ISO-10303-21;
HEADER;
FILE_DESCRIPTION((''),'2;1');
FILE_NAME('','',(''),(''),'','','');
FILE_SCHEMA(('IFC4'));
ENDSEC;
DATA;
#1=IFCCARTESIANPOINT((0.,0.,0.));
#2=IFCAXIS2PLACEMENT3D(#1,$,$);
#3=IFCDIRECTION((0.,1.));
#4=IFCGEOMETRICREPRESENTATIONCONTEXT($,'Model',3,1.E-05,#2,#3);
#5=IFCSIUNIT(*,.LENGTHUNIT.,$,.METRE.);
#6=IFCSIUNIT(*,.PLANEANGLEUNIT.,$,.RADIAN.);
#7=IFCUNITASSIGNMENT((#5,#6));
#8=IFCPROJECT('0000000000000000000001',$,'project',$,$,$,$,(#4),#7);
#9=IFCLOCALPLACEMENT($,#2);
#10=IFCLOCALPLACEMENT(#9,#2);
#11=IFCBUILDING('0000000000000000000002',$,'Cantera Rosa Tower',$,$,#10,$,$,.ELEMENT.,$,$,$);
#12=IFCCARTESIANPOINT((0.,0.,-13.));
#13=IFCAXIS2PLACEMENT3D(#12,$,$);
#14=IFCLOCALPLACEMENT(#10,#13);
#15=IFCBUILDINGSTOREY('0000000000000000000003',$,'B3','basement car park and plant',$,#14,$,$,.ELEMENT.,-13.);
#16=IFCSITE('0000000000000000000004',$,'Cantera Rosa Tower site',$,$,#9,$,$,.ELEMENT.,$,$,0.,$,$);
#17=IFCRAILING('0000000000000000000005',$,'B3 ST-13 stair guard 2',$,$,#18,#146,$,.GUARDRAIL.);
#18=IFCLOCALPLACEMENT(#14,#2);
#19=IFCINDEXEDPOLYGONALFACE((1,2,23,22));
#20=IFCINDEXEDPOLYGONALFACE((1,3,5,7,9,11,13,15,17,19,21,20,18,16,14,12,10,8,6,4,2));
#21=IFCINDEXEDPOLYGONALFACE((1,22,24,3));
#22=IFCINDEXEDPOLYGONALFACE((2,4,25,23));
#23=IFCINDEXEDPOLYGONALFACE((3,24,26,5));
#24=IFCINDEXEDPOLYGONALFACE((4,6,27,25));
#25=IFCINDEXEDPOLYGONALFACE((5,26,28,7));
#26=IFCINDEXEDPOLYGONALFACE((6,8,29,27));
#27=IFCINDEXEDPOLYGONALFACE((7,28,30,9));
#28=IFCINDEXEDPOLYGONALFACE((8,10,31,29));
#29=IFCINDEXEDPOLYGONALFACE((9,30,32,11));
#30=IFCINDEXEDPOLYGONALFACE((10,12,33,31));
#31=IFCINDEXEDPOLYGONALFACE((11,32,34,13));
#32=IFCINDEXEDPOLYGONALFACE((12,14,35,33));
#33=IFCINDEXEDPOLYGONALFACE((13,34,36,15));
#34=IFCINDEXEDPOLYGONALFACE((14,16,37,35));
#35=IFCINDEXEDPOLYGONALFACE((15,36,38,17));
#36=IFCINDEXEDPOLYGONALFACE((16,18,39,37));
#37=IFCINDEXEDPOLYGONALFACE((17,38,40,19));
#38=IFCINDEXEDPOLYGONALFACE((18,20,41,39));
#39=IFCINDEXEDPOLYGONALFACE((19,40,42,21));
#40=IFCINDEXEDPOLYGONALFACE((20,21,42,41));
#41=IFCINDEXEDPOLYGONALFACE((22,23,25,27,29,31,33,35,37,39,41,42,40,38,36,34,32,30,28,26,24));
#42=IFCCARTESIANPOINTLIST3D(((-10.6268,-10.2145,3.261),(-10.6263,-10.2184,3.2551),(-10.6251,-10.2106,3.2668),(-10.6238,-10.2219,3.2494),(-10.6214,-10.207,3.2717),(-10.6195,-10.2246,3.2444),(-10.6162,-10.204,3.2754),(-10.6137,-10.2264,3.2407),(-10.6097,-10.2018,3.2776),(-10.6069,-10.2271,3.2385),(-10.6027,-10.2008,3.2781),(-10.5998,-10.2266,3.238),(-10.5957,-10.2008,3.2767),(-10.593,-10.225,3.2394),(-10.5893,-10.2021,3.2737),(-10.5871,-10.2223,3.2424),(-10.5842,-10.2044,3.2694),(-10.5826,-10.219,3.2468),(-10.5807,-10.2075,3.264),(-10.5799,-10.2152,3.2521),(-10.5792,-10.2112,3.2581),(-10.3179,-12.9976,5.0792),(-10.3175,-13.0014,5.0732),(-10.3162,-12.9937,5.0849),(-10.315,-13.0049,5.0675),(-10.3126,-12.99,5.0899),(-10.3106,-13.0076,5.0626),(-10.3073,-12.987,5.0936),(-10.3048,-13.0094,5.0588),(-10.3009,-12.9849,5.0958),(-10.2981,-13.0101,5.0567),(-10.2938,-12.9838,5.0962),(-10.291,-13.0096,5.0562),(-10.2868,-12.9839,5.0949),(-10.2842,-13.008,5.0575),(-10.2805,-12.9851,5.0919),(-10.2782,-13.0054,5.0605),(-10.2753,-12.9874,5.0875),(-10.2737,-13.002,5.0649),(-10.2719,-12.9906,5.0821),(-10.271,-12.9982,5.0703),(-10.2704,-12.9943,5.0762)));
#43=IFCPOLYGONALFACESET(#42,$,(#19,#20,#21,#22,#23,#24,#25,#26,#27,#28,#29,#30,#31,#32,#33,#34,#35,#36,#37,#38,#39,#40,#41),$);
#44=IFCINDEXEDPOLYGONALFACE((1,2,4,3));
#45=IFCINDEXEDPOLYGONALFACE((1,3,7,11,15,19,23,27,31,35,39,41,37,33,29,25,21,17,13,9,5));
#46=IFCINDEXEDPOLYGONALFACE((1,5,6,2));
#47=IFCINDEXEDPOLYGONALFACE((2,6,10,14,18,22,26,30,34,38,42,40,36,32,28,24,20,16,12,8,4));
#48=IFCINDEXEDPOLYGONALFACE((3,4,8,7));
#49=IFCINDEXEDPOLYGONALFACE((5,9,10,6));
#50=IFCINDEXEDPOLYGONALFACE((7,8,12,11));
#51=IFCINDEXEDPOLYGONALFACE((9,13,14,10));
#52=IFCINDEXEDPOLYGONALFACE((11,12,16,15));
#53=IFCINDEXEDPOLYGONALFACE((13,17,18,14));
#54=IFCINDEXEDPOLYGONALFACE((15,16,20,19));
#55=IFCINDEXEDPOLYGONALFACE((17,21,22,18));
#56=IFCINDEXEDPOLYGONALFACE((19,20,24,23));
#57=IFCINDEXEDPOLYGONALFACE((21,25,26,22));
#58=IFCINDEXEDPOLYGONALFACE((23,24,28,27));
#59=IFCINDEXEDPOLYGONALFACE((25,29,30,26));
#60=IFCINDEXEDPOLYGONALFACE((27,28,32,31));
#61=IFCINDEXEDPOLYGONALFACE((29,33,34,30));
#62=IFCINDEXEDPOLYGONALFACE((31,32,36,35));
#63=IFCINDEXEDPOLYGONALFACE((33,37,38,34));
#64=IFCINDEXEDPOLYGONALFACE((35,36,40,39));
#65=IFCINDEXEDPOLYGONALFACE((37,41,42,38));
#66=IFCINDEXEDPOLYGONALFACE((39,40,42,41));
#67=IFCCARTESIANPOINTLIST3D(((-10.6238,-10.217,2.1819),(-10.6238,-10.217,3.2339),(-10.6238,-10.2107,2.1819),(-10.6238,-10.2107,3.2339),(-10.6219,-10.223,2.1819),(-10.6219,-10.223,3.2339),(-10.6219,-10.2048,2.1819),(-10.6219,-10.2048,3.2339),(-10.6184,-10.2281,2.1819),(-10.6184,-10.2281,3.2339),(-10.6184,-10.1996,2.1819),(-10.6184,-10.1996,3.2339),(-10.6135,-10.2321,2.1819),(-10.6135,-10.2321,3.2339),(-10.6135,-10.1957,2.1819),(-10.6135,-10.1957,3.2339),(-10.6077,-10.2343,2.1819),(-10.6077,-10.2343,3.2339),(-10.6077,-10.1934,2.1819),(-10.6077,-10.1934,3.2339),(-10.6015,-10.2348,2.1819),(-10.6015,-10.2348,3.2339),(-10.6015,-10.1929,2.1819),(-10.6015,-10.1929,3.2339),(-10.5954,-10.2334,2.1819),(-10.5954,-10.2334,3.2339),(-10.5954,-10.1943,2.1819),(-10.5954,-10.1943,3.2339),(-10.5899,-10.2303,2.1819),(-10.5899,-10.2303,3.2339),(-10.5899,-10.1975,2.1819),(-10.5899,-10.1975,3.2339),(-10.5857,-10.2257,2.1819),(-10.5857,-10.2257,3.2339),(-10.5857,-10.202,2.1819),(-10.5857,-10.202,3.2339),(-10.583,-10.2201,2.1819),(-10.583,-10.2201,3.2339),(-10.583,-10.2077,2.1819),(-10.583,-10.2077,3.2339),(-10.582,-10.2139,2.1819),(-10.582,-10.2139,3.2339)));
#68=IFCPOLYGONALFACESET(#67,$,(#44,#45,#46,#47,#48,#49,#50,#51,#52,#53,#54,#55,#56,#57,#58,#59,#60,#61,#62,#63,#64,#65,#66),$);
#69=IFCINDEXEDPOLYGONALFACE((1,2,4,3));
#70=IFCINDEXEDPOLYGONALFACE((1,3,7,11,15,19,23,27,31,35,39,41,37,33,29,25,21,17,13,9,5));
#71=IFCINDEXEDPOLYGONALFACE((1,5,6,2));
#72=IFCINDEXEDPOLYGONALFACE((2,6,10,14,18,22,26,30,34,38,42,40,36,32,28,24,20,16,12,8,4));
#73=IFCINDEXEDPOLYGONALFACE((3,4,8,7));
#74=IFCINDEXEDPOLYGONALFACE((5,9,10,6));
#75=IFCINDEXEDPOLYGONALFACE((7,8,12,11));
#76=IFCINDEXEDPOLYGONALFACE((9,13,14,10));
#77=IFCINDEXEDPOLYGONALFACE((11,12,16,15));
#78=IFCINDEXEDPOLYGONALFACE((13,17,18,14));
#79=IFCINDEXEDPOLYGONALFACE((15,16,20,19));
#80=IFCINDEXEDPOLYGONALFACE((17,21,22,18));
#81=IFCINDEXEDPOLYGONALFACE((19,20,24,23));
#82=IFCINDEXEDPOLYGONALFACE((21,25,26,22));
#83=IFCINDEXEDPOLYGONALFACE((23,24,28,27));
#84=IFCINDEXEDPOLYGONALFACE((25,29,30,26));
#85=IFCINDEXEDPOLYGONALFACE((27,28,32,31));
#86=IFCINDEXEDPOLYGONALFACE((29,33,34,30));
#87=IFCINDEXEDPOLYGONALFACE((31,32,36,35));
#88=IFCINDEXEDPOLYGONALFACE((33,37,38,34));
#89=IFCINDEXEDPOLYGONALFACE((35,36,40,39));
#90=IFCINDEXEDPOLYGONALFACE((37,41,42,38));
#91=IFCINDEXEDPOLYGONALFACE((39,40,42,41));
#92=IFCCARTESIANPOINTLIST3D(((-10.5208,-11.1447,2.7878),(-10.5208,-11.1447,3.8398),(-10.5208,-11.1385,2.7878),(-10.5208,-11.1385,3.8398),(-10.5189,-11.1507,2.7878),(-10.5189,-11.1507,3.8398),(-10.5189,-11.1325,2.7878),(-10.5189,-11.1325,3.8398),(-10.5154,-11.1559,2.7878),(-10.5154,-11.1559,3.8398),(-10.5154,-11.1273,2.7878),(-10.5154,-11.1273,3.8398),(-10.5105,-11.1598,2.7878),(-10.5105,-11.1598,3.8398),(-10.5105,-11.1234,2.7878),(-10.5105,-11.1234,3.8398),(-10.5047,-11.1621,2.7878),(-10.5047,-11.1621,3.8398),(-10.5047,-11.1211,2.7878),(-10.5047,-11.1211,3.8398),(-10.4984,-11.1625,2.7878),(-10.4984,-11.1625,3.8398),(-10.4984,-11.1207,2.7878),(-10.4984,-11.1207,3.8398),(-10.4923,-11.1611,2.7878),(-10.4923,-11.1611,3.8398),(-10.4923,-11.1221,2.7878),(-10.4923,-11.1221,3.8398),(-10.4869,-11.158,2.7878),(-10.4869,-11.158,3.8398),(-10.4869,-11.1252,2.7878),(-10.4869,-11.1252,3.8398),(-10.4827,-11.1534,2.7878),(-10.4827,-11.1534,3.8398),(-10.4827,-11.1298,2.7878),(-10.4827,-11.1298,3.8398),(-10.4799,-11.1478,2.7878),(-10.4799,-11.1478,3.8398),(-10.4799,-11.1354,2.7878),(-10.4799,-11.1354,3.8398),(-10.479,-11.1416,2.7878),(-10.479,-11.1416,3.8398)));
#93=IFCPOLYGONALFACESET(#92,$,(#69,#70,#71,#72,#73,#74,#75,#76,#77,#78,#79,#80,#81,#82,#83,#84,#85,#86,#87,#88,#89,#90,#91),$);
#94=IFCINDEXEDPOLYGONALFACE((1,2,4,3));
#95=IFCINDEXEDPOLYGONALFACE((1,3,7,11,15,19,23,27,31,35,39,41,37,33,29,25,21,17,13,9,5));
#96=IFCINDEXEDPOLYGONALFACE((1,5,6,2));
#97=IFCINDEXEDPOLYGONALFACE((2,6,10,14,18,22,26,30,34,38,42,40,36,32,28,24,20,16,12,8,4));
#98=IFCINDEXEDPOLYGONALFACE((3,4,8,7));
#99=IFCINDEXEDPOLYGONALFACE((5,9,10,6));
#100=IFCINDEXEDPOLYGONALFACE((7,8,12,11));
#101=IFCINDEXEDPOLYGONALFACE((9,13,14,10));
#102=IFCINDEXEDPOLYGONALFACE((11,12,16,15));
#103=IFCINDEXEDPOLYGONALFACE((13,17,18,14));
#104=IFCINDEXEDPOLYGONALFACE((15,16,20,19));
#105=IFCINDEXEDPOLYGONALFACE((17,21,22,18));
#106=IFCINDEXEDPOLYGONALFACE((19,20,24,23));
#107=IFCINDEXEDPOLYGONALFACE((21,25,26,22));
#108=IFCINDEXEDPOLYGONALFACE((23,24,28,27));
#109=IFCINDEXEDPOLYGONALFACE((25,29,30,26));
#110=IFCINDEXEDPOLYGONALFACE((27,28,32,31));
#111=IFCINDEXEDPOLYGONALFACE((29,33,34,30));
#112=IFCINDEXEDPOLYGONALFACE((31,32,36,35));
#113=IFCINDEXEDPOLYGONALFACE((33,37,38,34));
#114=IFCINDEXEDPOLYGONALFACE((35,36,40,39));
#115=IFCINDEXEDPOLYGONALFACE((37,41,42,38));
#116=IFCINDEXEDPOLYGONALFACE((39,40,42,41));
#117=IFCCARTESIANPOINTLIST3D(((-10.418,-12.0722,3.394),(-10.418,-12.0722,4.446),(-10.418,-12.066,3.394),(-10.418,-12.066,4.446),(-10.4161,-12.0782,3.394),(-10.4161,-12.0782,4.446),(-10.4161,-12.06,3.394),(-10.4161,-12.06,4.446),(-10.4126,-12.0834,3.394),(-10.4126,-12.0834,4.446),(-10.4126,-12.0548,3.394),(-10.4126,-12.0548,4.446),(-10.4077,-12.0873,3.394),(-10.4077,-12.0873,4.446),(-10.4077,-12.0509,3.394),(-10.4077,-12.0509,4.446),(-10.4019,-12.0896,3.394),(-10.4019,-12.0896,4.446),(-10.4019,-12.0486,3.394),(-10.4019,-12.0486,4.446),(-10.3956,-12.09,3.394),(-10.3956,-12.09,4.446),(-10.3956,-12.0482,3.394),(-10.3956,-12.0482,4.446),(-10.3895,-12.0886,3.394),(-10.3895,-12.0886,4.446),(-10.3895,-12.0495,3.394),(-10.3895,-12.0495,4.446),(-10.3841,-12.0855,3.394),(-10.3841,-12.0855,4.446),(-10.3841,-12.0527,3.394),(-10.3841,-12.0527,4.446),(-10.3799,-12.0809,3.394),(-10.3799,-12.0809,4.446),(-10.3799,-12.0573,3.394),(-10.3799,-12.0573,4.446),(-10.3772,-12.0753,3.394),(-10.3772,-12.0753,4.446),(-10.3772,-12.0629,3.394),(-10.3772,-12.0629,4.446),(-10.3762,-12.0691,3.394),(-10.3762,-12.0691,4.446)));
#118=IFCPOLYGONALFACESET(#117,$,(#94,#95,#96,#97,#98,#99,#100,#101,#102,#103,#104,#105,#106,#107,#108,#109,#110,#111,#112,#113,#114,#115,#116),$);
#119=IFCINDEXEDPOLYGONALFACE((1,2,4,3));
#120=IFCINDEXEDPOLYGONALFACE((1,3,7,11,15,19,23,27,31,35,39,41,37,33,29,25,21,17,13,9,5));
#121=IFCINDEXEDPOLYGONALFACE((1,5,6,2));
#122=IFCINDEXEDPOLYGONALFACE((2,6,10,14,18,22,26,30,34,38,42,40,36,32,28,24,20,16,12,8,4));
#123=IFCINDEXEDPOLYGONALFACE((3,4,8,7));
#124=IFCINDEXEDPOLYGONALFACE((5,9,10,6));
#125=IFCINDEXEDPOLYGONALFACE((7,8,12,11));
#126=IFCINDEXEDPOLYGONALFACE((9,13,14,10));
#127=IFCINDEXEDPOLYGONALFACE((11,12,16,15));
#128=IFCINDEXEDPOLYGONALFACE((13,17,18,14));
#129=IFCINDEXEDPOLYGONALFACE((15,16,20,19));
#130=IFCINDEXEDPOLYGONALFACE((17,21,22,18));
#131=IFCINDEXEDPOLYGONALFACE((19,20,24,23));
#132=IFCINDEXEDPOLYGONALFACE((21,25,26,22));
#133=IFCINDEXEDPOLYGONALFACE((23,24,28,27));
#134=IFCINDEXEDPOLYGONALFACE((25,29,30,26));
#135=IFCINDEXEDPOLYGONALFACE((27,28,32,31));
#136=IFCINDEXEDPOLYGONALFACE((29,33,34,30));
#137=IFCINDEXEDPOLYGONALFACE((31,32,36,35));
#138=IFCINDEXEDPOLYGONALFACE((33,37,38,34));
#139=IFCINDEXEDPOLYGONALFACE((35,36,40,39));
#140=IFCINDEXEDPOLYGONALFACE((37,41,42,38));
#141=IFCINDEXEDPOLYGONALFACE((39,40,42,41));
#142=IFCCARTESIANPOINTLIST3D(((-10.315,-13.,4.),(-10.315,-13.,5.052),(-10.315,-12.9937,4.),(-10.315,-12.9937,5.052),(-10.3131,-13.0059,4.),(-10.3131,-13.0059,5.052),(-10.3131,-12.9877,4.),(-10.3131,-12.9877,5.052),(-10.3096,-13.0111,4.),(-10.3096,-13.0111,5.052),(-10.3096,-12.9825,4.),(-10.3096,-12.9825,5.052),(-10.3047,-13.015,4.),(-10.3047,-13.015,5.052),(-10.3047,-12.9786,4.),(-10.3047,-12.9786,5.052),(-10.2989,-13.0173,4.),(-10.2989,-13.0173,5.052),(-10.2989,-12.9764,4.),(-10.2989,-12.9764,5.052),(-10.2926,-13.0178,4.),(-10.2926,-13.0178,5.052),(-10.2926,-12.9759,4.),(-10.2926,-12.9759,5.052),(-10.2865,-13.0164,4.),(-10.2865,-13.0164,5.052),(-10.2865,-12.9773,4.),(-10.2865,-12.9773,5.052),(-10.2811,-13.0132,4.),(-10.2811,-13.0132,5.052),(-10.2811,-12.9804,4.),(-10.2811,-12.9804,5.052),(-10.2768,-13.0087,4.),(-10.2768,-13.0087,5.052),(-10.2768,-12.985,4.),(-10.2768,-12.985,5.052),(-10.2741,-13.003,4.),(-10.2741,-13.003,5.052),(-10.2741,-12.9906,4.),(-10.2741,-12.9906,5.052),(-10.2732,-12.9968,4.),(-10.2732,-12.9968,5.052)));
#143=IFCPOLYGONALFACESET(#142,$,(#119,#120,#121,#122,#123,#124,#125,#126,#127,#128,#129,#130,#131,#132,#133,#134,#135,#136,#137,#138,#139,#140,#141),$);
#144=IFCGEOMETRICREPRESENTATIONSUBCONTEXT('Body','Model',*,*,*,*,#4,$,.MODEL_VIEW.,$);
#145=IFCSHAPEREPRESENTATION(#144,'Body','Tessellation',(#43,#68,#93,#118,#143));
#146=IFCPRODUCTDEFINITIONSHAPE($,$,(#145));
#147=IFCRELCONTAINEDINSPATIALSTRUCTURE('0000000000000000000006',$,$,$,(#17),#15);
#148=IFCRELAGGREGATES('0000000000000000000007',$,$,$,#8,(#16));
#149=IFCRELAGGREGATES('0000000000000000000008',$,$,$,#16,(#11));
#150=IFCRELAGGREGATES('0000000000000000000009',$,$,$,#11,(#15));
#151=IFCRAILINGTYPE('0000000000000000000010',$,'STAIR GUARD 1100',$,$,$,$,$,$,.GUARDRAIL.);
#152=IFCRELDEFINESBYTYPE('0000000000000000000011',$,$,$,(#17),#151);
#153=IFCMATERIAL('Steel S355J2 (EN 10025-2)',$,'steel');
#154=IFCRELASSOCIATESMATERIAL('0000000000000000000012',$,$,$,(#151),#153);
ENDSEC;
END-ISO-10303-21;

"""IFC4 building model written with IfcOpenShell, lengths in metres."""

from ifc_helpers import new_model, si_unit, direction, frame, origin, origin_2d, place, context, subcontext, project, spatial, circle, extrude, material, type_object, element, save


model = new_model("IFC4")

# Units and contexts
model_context = context("Model", 3, precision=1e-05, world=origin(), true_north=direction((0.0, 1.0)))
body_context = subcontext(model_context, "Body", "Model", "MODEL_VIEW")
ifc_project = project(units=[si_unit("LENGTHUNIT", "METRE"), si_unit("PLANEANGLEUNIT", "RADIAN")], contexts=[model_context])

# Site, building, storey
site_placement = place(None, origin())
site = spatial("IfcSite", under=ifc_project, at=site_placement, Name="Cantera Rosa Tower site", CompositionType="ELEMENT", RefElevation=0.0)
building_placement = place(site_placement, origin())
building = spatial("IfcBuilding", under=site, at=building_placement, Name="Cantera Rosa Tower", CompositionType="ELEMENT")
storey_placement = place(building_placement, frame((0.0, 0.0, -13.0)))
storey = spatial("IfcBuildingStorey", under=building, at=storey_placement, Name="B3", Description="basement car park and plant", CompositionType="ELEMENT", Elevation=-13.0)

# Railing
ifc_material_1 = material(Name="Steel S355J2 (EN 10025-2)", Category="steel")
railing_type_1 = type_object("IfcRailingType", Name="STAIR GUARD 1100", PredefinedType="GUARDRAIL", material=ifc_material_1)
railing_1_placement = place(storey_placement, frame((-10.603, -10.2139, 2.1819)))
element("IfcRailing", 1, at=railing_1_placement, inside=storey, type_object=railing_type_1, Name="B3 ST-13 stair guard 2", PredefinedType="GUARDRAIL", context=body_context, shape_type="SweptSolid", body=[
    extrude(circle(Radius=0.0239, at=origin_2d()), frame((0.0, 0.0, 1.0762), z_axis=(0.092507, -0.833588, 0.544586), x_axis=(0.993899, 0.110298, 0.0)), (0.0, 0.0, 1.0), 3.3386),
    extrude(circle(Radius=0.021, at=origin_2d()), origin(), (0.0, 0.0, 1.0), 1.052),
    extrude(circle(Radius=0.021, at=origin_2d()), frame((0.103, -0.9277, 0.606)), (0.0, 0.0, 1.0), 1.052),
    extrude(circle(Radius=0.021, at=origin_2d()), frame((0.2058, -1.8552, 1.2122)), (0.0, 0.0, 1.0), 1.052),
    extrude(circle(Radius=0.021, at=origin_2d()), frame((0.3088, -2.783, 1.8181)), (0.0, 0.0, 1.0), 1.052),
])

save(model, "model.ifc")
